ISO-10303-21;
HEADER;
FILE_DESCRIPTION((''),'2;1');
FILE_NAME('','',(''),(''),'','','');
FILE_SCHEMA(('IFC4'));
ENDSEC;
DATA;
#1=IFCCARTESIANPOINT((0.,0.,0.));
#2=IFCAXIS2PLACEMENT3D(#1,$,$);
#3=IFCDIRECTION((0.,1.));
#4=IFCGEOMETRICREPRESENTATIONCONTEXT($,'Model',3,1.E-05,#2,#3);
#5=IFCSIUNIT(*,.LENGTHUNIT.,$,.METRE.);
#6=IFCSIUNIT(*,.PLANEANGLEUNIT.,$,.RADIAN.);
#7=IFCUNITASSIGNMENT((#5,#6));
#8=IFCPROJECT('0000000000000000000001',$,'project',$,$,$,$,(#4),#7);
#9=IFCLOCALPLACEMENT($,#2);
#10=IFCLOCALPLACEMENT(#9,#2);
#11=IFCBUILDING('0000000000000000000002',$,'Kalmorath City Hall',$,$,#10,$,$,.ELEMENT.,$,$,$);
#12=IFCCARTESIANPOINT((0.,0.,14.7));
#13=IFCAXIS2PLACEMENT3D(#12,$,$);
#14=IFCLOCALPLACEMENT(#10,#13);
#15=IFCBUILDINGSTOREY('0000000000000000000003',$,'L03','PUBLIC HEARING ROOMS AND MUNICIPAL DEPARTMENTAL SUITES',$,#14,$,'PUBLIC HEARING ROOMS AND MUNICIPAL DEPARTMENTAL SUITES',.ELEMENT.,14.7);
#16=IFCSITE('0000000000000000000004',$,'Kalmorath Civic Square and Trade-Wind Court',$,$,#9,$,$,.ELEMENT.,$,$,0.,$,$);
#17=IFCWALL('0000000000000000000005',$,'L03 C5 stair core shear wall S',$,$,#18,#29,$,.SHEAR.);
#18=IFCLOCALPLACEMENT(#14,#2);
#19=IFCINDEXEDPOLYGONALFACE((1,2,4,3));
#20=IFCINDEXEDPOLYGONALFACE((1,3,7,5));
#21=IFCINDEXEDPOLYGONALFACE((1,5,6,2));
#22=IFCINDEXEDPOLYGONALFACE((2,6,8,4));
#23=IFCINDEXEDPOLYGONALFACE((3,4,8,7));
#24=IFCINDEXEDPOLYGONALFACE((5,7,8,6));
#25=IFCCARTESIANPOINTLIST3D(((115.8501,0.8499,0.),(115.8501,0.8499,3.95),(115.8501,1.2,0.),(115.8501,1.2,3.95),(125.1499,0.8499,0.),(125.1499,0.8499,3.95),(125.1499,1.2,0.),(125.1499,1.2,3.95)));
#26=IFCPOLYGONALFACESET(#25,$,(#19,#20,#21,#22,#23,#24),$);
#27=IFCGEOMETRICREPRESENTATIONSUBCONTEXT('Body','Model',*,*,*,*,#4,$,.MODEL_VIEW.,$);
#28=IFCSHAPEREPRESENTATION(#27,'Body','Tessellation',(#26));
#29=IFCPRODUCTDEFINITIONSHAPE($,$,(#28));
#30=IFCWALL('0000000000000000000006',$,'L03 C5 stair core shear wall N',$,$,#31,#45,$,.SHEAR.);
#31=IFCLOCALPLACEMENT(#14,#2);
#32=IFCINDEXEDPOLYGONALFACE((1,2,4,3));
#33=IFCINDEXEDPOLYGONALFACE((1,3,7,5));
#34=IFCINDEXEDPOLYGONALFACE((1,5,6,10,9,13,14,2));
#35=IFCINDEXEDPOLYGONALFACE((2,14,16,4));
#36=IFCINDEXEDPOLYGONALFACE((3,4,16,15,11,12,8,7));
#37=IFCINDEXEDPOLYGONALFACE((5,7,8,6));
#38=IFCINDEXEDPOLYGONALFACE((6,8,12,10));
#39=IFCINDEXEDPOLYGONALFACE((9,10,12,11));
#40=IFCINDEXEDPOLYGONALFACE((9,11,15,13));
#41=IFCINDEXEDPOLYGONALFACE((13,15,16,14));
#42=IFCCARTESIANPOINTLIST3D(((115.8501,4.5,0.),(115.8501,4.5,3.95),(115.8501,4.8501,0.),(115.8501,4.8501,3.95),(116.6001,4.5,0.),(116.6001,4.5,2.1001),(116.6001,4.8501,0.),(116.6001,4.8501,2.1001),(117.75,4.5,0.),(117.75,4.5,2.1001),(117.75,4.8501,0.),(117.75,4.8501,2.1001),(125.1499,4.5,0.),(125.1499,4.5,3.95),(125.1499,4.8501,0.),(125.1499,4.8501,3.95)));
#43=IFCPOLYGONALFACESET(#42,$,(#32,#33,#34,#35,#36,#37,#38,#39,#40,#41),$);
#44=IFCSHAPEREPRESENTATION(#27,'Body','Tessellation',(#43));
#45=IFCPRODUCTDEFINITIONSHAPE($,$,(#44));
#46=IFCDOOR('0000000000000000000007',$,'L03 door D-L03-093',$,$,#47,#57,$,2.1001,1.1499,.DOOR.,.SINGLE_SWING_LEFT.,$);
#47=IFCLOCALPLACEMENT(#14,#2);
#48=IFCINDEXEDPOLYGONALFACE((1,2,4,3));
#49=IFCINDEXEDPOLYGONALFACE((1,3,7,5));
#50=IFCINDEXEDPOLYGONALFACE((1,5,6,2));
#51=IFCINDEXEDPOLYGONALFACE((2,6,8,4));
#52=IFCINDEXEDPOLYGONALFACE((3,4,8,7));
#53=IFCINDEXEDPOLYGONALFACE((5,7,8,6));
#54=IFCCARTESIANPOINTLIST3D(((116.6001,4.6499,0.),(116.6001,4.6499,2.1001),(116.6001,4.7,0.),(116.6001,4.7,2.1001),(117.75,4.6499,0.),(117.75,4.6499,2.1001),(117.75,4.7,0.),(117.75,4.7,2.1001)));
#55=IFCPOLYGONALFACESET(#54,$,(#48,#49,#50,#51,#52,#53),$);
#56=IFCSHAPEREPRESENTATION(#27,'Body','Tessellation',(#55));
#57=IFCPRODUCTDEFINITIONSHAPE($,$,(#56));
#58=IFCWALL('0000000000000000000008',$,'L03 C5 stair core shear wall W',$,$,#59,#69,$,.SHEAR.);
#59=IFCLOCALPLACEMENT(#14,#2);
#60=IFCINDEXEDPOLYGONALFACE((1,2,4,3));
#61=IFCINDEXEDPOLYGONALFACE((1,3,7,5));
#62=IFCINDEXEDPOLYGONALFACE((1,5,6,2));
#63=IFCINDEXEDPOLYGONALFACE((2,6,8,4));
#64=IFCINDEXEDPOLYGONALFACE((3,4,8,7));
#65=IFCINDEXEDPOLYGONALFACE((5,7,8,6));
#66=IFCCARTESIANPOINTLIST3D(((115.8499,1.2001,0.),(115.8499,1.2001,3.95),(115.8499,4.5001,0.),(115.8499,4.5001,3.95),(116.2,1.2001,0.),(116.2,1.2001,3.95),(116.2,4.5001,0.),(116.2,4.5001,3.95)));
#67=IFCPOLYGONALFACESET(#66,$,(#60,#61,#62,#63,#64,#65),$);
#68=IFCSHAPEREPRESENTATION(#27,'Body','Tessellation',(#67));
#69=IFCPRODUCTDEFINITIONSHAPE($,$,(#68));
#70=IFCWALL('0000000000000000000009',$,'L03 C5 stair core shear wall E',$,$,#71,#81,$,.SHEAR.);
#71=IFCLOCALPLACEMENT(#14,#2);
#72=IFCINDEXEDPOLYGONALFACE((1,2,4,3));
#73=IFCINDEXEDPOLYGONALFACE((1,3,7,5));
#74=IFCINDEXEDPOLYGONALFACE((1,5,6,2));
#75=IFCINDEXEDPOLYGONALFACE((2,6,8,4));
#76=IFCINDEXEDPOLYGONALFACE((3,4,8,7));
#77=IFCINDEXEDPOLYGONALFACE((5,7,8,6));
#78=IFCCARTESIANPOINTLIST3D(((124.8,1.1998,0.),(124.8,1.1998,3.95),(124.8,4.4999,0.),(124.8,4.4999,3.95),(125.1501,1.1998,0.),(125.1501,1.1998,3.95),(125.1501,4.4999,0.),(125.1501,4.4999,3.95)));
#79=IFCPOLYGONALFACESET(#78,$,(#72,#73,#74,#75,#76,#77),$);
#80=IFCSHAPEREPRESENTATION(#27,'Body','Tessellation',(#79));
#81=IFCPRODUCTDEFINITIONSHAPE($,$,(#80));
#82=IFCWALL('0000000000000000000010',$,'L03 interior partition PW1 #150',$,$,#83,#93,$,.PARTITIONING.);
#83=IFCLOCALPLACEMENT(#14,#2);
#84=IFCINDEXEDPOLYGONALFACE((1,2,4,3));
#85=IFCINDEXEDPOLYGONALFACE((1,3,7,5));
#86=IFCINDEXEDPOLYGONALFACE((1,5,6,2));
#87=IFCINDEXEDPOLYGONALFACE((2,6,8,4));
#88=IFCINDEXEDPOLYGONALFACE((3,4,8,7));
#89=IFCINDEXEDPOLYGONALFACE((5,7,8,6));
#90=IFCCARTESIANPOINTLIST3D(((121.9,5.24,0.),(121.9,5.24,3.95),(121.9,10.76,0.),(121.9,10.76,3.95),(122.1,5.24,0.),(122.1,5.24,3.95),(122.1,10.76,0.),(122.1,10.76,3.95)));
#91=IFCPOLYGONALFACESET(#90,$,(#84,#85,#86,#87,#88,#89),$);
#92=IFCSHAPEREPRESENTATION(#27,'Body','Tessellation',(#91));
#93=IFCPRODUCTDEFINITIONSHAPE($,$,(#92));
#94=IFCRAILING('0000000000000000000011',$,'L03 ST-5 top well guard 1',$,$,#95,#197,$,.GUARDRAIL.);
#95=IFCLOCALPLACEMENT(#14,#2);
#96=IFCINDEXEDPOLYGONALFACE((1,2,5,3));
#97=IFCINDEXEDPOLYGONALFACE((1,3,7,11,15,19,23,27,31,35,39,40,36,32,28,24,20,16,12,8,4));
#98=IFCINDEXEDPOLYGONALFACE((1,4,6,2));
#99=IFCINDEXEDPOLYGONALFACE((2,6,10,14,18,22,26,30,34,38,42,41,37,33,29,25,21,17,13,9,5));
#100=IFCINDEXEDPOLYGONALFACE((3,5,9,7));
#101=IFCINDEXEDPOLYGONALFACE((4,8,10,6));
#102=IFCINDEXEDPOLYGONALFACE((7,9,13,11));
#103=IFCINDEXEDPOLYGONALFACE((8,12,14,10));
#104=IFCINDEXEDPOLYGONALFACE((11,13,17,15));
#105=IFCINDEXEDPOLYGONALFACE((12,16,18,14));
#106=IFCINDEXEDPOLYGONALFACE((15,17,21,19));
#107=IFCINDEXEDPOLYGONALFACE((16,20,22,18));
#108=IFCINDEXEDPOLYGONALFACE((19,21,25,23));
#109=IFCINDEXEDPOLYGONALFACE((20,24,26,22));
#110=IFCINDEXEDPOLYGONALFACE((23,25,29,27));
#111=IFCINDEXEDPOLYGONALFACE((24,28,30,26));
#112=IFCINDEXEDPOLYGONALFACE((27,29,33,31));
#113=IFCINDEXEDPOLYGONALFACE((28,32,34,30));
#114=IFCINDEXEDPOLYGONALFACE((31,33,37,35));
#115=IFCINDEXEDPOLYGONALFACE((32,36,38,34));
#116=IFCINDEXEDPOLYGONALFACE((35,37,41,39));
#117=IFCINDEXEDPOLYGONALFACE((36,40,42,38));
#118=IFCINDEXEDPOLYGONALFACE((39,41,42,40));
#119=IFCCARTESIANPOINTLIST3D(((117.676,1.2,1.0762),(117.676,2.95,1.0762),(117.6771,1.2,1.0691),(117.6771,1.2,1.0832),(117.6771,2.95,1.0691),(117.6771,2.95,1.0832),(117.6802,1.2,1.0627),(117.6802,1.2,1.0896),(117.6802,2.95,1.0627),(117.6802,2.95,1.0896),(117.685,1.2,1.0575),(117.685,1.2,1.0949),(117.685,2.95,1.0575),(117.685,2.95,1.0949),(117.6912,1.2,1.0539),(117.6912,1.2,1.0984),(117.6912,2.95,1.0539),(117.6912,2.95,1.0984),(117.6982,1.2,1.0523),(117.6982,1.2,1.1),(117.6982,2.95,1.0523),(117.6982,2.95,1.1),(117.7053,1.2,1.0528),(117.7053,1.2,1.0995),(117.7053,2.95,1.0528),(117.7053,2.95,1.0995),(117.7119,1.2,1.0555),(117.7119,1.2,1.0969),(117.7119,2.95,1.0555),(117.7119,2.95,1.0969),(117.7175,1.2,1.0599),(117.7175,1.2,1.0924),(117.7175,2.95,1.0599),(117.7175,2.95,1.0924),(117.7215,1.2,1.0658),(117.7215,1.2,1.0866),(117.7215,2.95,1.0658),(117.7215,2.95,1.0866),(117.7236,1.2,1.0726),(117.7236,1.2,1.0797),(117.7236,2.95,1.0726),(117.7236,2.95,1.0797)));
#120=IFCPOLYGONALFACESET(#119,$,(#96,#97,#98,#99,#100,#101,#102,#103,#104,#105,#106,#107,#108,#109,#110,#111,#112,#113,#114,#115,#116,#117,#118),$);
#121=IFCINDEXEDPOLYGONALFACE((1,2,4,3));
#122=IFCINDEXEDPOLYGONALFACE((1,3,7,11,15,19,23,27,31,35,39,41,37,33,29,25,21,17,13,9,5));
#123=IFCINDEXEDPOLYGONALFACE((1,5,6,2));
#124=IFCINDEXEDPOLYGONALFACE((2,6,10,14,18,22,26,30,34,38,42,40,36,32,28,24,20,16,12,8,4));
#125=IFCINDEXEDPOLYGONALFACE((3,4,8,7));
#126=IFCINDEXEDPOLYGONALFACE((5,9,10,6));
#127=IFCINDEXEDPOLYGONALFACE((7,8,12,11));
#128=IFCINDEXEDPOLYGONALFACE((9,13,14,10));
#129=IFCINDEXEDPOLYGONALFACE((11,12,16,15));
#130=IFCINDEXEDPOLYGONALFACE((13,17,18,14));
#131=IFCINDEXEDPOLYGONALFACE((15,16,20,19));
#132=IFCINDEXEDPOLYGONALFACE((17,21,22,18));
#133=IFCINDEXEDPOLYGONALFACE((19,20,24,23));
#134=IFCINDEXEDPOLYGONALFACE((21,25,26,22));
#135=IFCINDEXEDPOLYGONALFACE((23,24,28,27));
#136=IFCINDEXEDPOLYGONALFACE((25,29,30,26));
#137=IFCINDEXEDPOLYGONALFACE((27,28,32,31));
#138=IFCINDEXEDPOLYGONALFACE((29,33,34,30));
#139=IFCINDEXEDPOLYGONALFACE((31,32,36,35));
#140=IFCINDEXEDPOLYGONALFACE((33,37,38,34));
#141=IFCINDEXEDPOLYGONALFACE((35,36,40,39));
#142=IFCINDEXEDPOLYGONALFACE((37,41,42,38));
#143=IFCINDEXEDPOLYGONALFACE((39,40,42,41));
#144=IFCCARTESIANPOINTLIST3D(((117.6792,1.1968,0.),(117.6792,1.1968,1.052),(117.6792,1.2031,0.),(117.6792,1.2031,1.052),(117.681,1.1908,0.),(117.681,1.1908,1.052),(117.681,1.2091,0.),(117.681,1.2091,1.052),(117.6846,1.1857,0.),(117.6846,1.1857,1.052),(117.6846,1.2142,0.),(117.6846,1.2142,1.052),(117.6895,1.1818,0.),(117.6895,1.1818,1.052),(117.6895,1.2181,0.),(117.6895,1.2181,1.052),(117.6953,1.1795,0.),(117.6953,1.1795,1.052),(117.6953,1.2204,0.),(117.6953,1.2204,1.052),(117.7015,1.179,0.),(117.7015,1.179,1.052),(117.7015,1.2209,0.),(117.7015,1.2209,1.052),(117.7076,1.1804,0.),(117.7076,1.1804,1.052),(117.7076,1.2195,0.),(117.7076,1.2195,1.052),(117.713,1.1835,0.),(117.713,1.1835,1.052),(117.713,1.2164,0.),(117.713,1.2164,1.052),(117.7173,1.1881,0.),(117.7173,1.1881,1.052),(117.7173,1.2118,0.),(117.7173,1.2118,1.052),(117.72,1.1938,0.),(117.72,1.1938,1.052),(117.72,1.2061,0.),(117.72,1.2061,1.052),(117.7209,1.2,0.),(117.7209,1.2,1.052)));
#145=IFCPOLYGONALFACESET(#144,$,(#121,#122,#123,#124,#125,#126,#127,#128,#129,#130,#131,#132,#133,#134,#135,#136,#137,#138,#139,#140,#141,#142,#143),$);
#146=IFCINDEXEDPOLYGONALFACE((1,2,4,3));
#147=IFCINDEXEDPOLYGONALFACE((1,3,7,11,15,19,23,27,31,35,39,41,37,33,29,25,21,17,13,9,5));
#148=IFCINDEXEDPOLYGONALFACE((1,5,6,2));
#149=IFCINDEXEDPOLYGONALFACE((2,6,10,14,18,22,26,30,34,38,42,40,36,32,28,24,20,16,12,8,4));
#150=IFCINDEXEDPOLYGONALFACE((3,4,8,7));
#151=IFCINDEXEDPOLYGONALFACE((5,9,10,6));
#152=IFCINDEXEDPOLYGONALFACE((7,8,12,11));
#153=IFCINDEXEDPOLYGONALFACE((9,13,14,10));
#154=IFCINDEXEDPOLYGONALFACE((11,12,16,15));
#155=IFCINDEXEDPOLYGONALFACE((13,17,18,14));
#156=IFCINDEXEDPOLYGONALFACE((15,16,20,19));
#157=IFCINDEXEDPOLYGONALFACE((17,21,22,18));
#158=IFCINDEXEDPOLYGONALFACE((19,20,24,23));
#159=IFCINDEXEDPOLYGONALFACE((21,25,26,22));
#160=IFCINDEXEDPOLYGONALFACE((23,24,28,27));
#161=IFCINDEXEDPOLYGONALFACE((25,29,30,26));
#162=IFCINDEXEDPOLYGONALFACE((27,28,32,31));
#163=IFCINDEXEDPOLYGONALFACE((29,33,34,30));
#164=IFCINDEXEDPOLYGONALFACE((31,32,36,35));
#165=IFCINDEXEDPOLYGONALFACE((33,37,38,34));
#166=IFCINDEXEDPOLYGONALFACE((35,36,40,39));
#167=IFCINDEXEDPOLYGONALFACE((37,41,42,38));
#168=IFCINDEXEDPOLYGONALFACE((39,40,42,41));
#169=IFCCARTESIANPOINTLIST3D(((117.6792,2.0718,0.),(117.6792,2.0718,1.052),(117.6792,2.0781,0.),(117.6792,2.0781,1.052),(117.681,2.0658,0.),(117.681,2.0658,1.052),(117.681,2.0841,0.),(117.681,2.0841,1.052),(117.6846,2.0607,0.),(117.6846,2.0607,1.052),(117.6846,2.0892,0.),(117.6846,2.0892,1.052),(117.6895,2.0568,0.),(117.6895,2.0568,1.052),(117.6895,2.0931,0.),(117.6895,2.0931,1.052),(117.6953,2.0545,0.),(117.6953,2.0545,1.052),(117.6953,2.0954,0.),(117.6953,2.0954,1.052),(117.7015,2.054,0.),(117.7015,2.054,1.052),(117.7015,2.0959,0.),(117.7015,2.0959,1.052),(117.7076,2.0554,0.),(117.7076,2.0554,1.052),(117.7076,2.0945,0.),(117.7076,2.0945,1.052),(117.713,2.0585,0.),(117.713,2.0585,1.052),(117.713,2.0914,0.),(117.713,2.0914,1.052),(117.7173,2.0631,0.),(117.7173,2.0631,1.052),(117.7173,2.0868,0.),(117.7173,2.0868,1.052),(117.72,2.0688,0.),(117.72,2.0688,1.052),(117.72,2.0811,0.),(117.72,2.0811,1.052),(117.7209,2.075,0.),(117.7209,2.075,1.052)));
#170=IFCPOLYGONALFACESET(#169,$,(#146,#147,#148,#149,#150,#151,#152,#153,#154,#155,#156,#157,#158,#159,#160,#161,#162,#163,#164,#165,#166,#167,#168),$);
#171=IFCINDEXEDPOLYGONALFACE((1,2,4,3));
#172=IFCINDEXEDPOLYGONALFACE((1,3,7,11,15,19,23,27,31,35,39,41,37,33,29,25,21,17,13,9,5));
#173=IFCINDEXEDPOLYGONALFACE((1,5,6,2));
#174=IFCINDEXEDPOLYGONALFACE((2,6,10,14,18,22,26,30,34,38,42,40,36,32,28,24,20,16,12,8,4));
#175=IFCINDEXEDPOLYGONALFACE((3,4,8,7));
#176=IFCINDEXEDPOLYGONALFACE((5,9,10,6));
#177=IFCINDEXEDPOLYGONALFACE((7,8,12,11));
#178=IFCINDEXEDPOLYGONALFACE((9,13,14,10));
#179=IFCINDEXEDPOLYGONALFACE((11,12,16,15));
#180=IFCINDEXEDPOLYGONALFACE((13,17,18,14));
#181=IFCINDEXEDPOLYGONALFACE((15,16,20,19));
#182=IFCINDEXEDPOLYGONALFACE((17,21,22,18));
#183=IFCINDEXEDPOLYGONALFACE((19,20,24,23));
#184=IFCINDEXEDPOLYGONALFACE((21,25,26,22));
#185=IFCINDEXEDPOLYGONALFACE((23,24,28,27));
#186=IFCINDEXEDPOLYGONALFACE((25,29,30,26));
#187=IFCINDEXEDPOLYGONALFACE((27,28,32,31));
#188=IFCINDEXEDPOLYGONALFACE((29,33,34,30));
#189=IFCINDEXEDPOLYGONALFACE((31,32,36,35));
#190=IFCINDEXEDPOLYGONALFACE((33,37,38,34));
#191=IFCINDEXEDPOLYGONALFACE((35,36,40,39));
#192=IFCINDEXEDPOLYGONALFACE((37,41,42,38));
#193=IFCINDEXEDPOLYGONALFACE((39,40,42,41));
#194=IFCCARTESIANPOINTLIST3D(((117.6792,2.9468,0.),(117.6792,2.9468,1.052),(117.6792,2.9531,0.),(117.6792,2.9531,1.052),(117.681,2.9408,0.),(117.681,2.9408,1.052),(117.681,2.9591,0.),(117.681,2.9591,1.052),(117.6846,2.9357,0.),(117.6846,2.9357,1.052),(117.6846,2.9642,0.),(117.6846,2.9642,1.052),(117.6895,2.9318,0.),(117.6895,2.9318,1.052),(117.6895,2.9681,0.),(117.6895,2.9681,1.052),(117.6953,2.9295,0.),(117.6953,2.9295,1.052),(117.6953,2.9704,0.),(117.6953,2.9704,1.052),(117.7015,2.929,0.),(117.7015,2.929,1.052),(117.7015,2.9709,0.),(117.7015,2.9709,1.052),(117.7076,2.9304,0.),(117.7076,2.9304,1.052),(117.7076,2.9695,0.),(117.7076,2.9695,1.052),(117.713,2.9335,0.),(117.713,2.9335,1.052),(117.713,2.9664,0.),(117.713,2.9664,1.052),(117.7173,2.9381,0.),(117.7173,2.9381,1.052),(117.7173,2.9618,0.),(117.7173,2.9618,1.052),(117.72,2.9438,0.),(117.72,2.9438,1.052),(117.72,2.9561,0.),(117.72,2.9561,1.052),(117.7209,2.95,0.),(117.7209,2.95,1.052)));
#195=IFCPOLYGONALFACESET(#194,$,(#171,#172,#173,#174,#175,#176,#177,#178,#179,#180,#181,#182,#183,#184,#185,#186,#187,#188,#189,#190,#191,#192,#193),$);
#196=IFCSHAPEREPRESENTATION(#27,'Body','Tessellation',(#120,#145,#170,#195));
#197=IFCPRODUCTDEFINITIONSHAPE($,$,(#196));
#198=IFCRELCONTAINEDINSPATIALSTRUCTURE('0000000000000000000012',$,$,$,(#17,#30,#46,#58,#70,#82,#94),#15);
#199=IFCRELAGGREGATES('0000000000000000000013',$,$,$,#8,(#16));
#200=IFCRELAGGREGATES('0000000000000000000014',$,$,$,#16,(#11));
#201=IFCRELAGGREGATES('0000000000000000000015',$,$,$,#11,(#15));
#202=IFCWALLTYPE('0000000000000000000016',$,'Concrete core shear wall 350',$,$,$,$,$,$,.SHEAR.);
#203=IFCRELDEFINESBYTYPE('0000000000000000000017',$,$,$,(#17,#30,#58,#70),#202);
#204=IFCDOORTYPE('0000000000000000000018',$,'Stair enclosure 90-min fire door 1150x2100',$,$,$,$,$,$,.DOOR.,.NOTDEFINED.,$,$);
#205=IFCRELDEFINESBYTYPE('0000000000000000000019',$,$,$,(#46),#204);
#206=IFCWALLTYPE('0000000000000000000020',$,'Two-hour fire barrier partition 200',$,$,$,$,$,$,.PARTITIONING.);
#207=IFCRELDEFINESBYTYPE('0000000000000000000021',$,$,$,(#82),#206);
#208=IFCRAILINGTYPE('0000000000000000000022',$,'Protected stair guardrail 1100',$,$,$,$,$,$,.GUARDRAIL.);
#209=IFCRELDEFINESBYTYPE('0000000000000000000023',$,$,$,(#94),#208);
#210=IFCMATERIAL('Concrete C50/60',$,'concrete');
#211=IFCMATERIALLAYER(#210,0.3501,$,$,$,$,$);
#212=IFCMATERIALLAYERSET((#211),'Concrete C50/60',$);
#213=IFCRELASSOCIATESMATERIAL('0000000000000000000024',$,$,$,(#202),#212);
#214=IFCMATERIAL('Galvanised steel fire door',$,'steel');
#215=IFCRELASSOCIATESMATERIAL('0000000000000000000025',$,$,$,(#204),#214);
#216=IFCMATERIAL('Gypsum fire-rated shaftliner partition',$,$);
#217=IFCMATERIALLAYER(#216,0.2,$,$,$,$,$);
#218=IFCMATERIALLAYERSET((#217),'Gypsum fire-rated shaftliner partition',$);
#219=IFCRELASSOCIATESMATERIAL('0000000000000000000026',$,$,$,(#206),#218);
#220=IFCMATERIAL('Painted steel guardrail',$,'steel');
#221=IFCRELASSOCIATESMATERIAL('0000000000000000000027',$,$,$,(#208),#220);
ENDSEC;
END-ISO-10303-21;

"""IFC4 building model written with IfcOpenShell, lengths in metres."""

from ifc_helpers import new_model, si_unit, direction, frame, frame_2d, origin, origin_2d, place, context, subcontext, project, spatial, rectangle, circle, extrude, material, layer, layer_set, type_object, element, fill, save


model = new_model("IFC4")

# Units and contexts
model_context = context("Model", 3, precision=1e-05, world=origin(), true_north=direction((0.0, 1.0)))
body_context = subcontext(model_context, "Body", "Model", "MODEL_VIEW")
ifc_project = project(units=[si_unit("LENGTHUNIT", "METRE"), si_unit("PLANEANGLEUNIT", "RADIAN")], contexts=[model_context])

# Site, building, storey
site_placement = place(None, origin())
site = spatial("IfcSite", under=ifc_project, at=site_placement, Name="Kalmorath Civic Square and Trade-Wind Court", CompositionType="ELEMENT", RefElevation=0.0)
building_placement = place(site_placement, origin())
building = spatial("IfcBuilding", under=site, at=building_placement, Name="Kalmorath City Hall", CompositionType="ELEMENT")
storey_placement = place(building_placement, frame((0.0, 0.0, 14.7)))
storey = spatial("IfcBuildingStorey", under=building, at=storey_placement, Name="L03", Description="PUBLIC HEARING ROOMS AND MUNICIPAL DEPARTMENTAL SUITES", LongName="PUBLIC HEARING ROOMS AND MUNICIPAL DEPARTMENTAL SUITES", CompositionType="ELEMENT", Elevation=14.7)

# Wall
ifc_material_1 = material(Name="Concrete C50/60", Category="concrete")
ifc_layer_1 = layer(ifc_material_1, 0.3501)
ifc_layer_set_1 = layer_set([ifc_layer_1], Name="Concrete C50/60")
wall_type_1 = type_object("IfcWallType", Name="Concrete core shear wall 350", PredefinedType="SHEAR", material=ifc_layer_set_1)
wall_1_placement = place(storey_placement, frame((115.8501, 1.0249, 0.0), z_axis=(0.0, 0.0, 1.0), x_axis=(1.0, 0.0, 0.0)))
element("IfcWall", 1, at=wall_1_placement, inside=storey, type_object=wall_type_1, Name="L03 C5 stair core shear wall S", PredefinedType="SHEAR", context=body_context, shape_type="SweptSolid", body=[
    extrude(rectangle(XDim=9.2998, YDim=0.3501, at=frame_2d((4.6499, 0.0))), origin(), (0.0, 0.0, 1.0), 3.95),
])

# Wall, opening, door
wall_2_placement = place(storey_placement, frame((125.1499, 4.675, 0.0), z_axis=(0.0, 0.0, 1.0), x_axis=(-1.0, 0.0, 0.0)))
wall_2 = element("IfcWall", 2, at=wall_2_placement, inside=storey, type_object=wall_type_1, Name="L03 C5 stair core shear wall N", PredefinedType="SHEAR", context=body_context, shape_type="SweptSolid", body=[
    extrude(rectangle(XDim=9.2998, YDim=0.3501, at=frame_2d((4.6499, 0.0))), origin(), (0.0, 0.0, 1.0), 3.95),
])
opening_1_placement = place(wall_2_placement, frame((7.3999, 0.0, 0.0)))
opening_1 = element("IfcOpeningElement", 3, at=opening_1_placement, cuts=wall_2, PredefinedType="OPENING", context=body_context, shape_type="SweptSolid", body=[
    extrude(rectangle(XDim=1.1499, YDim=2.1001, at=frame_2d((0.575, 1.05))), frame((0.0, 0.1851, 0.0), z_axis=(0.0, -1.0, 0.0), x_axis=(1.0, 0.0, 0.0)), (0.0, 0.0, 1.0), 0.3701),
])
ifc_material_2 = material(Name="Galvanised steel fire door", Category="steel")
door_type = type_object("IfcDoorType", Name="Stair enclosure 90-min fire door 1150x2100", OperationType="NOTDEFINED", PredefinedType="DOOR", material=ifc_material_2)
door_placement = place(opening_1_placement, frame((1.1499, 0.0, 0.0), z_axis=(0.0, 0.0, 1.0), x_axis=(-1.0, 0.0, 0.0)))
door = element("IfcDoor", 4, at=door_placement, inside=storey, type_object=door_type, Name="L03 door D-L03-093", OperationType="SINGLE_SWING_LEFT", OverallHeight=2.1001, OverallWidth=1.1499, PredefinedType="DOOR", context=body_context, shape_type="SweptSolid", body=[
    extrude(rectangle(XDim=1.1499, YDim=2.1001, at=frame_2d((0.575, 1.05))), frame((0.0, 0.0249, 0.0), z_axis=(0.0, -1.0, 0.0), x_axis=(1.0, 0.0, 0.0)), (0.0, 0.0, 1.0), 0.05),
])
fill(opening_1, door)

# Walls
for number, where, z_axis, x_axis, name in (
    (5, (116.0249, 4.5, 0.0), (0.0, 0.0, 1.0), (0.0, -1.0, 0.0), "L03 C5 stair core shear wall W"),
    (6, (124.9751, 1.2, 0.0), (0.0, 0.0, 1.0), (0.0, 1.0, 0.0), "L03 C5 stair core shear wall E"),
):
    element("IfcWall", number, at=place(storey_placement, frame(where, z_axis=z_axis, x_axis=x_axis)), inside=storey, type_object=wall_type_1, Name=name, PredefinedType="SHEAR", context=body_context, shape_type="SweptSolid", body=[
        extrude(rectangle(XDim=3.3, YDim=0.3501, at=frame_2d((1.6499, 0.0))), origin(), (0.0, 0.0, 1.0), 3.95),
    ])
ifc_material_3 = material(Name="Gypsum fire-rated shaftliner partition")
ifc_layer_2 = layer(ifc_material_3, 0.2)
ifc_layer_set_2 = layer_set([ifc_layer_2], Name="Gypsum fire-rated shaftliner partition")
wall_type_2 = type_object("IfcWallType", Name="Two-hour fire barrier partition 200", PredefinedType="PARTITIONING", material=ifc_layer_set_2)
wall_3_placement = place(storey_placement, frame((122.0, 5.24, 0.0), z_axis=(0.0, 0.0, 1.0), x_axis=(0.0, 1.0, 0.0)))
element("IfcWall", 7, at=wall_3_placement, inside=storey, type_object=wall_type_2, Name="L03 interior partition PW1 #150", PredefinedType="PARTITIONING", context=body_context, shape_type="SweptSolid", body=[
    extrude(rectangle(XDim=5.52, YDim=0.2, at=frame_2d((2.76, 0.0))), origin(), (0.0, 0.0, 1.0), 3.95),
])

# Railing
ifc_material_4 = material(Name="Painted steel guardrail", Category="steel")
railing_type_1 = type_object("IfcRailingType", Name="Protected stair guardrail 1100", PredefinedType="GUARDRAIL", material=ifc_material_4)
railing_1_placement = place(storey_placement, frame((117.7, 1.2, 0.0)))
element("IfcRailing", 8, at=railing_1_placement, inside=storey, type_object=railing_type_1, Name="L03 ST-5 top well guard 1", PredefinedType="GUARDRAIL", context=body_context, shape_type="SweptSolid", body=[
    extrude(circle(Radius=0.0239, at=origin_2d()), frame((0.0, 0.0, 1.0762), z_axis=(0.0, 1.0, 0.0), x_axis=(-1.0, 0.0, 0.0)), (0.0, 0.0, 1.0), 1.75),
    extrude(circle(Radius=0.021, at=origin_2d()), origin(), (0.0, 0.0, 1.0), 1.052),
    extrude(circle(Radius=0.021, at=origin_2d()), frame((0.0, 0.875, 0.0)), (0.0, 0.0, 1.0), 1.052),
    extrude(circle(Radius=0.021, at=origin_2d()), frame((0.0, 1.75, 0.0)), (0.0, 0.0, 1.0), 1.052),
])

save(model, "model.ifc")
